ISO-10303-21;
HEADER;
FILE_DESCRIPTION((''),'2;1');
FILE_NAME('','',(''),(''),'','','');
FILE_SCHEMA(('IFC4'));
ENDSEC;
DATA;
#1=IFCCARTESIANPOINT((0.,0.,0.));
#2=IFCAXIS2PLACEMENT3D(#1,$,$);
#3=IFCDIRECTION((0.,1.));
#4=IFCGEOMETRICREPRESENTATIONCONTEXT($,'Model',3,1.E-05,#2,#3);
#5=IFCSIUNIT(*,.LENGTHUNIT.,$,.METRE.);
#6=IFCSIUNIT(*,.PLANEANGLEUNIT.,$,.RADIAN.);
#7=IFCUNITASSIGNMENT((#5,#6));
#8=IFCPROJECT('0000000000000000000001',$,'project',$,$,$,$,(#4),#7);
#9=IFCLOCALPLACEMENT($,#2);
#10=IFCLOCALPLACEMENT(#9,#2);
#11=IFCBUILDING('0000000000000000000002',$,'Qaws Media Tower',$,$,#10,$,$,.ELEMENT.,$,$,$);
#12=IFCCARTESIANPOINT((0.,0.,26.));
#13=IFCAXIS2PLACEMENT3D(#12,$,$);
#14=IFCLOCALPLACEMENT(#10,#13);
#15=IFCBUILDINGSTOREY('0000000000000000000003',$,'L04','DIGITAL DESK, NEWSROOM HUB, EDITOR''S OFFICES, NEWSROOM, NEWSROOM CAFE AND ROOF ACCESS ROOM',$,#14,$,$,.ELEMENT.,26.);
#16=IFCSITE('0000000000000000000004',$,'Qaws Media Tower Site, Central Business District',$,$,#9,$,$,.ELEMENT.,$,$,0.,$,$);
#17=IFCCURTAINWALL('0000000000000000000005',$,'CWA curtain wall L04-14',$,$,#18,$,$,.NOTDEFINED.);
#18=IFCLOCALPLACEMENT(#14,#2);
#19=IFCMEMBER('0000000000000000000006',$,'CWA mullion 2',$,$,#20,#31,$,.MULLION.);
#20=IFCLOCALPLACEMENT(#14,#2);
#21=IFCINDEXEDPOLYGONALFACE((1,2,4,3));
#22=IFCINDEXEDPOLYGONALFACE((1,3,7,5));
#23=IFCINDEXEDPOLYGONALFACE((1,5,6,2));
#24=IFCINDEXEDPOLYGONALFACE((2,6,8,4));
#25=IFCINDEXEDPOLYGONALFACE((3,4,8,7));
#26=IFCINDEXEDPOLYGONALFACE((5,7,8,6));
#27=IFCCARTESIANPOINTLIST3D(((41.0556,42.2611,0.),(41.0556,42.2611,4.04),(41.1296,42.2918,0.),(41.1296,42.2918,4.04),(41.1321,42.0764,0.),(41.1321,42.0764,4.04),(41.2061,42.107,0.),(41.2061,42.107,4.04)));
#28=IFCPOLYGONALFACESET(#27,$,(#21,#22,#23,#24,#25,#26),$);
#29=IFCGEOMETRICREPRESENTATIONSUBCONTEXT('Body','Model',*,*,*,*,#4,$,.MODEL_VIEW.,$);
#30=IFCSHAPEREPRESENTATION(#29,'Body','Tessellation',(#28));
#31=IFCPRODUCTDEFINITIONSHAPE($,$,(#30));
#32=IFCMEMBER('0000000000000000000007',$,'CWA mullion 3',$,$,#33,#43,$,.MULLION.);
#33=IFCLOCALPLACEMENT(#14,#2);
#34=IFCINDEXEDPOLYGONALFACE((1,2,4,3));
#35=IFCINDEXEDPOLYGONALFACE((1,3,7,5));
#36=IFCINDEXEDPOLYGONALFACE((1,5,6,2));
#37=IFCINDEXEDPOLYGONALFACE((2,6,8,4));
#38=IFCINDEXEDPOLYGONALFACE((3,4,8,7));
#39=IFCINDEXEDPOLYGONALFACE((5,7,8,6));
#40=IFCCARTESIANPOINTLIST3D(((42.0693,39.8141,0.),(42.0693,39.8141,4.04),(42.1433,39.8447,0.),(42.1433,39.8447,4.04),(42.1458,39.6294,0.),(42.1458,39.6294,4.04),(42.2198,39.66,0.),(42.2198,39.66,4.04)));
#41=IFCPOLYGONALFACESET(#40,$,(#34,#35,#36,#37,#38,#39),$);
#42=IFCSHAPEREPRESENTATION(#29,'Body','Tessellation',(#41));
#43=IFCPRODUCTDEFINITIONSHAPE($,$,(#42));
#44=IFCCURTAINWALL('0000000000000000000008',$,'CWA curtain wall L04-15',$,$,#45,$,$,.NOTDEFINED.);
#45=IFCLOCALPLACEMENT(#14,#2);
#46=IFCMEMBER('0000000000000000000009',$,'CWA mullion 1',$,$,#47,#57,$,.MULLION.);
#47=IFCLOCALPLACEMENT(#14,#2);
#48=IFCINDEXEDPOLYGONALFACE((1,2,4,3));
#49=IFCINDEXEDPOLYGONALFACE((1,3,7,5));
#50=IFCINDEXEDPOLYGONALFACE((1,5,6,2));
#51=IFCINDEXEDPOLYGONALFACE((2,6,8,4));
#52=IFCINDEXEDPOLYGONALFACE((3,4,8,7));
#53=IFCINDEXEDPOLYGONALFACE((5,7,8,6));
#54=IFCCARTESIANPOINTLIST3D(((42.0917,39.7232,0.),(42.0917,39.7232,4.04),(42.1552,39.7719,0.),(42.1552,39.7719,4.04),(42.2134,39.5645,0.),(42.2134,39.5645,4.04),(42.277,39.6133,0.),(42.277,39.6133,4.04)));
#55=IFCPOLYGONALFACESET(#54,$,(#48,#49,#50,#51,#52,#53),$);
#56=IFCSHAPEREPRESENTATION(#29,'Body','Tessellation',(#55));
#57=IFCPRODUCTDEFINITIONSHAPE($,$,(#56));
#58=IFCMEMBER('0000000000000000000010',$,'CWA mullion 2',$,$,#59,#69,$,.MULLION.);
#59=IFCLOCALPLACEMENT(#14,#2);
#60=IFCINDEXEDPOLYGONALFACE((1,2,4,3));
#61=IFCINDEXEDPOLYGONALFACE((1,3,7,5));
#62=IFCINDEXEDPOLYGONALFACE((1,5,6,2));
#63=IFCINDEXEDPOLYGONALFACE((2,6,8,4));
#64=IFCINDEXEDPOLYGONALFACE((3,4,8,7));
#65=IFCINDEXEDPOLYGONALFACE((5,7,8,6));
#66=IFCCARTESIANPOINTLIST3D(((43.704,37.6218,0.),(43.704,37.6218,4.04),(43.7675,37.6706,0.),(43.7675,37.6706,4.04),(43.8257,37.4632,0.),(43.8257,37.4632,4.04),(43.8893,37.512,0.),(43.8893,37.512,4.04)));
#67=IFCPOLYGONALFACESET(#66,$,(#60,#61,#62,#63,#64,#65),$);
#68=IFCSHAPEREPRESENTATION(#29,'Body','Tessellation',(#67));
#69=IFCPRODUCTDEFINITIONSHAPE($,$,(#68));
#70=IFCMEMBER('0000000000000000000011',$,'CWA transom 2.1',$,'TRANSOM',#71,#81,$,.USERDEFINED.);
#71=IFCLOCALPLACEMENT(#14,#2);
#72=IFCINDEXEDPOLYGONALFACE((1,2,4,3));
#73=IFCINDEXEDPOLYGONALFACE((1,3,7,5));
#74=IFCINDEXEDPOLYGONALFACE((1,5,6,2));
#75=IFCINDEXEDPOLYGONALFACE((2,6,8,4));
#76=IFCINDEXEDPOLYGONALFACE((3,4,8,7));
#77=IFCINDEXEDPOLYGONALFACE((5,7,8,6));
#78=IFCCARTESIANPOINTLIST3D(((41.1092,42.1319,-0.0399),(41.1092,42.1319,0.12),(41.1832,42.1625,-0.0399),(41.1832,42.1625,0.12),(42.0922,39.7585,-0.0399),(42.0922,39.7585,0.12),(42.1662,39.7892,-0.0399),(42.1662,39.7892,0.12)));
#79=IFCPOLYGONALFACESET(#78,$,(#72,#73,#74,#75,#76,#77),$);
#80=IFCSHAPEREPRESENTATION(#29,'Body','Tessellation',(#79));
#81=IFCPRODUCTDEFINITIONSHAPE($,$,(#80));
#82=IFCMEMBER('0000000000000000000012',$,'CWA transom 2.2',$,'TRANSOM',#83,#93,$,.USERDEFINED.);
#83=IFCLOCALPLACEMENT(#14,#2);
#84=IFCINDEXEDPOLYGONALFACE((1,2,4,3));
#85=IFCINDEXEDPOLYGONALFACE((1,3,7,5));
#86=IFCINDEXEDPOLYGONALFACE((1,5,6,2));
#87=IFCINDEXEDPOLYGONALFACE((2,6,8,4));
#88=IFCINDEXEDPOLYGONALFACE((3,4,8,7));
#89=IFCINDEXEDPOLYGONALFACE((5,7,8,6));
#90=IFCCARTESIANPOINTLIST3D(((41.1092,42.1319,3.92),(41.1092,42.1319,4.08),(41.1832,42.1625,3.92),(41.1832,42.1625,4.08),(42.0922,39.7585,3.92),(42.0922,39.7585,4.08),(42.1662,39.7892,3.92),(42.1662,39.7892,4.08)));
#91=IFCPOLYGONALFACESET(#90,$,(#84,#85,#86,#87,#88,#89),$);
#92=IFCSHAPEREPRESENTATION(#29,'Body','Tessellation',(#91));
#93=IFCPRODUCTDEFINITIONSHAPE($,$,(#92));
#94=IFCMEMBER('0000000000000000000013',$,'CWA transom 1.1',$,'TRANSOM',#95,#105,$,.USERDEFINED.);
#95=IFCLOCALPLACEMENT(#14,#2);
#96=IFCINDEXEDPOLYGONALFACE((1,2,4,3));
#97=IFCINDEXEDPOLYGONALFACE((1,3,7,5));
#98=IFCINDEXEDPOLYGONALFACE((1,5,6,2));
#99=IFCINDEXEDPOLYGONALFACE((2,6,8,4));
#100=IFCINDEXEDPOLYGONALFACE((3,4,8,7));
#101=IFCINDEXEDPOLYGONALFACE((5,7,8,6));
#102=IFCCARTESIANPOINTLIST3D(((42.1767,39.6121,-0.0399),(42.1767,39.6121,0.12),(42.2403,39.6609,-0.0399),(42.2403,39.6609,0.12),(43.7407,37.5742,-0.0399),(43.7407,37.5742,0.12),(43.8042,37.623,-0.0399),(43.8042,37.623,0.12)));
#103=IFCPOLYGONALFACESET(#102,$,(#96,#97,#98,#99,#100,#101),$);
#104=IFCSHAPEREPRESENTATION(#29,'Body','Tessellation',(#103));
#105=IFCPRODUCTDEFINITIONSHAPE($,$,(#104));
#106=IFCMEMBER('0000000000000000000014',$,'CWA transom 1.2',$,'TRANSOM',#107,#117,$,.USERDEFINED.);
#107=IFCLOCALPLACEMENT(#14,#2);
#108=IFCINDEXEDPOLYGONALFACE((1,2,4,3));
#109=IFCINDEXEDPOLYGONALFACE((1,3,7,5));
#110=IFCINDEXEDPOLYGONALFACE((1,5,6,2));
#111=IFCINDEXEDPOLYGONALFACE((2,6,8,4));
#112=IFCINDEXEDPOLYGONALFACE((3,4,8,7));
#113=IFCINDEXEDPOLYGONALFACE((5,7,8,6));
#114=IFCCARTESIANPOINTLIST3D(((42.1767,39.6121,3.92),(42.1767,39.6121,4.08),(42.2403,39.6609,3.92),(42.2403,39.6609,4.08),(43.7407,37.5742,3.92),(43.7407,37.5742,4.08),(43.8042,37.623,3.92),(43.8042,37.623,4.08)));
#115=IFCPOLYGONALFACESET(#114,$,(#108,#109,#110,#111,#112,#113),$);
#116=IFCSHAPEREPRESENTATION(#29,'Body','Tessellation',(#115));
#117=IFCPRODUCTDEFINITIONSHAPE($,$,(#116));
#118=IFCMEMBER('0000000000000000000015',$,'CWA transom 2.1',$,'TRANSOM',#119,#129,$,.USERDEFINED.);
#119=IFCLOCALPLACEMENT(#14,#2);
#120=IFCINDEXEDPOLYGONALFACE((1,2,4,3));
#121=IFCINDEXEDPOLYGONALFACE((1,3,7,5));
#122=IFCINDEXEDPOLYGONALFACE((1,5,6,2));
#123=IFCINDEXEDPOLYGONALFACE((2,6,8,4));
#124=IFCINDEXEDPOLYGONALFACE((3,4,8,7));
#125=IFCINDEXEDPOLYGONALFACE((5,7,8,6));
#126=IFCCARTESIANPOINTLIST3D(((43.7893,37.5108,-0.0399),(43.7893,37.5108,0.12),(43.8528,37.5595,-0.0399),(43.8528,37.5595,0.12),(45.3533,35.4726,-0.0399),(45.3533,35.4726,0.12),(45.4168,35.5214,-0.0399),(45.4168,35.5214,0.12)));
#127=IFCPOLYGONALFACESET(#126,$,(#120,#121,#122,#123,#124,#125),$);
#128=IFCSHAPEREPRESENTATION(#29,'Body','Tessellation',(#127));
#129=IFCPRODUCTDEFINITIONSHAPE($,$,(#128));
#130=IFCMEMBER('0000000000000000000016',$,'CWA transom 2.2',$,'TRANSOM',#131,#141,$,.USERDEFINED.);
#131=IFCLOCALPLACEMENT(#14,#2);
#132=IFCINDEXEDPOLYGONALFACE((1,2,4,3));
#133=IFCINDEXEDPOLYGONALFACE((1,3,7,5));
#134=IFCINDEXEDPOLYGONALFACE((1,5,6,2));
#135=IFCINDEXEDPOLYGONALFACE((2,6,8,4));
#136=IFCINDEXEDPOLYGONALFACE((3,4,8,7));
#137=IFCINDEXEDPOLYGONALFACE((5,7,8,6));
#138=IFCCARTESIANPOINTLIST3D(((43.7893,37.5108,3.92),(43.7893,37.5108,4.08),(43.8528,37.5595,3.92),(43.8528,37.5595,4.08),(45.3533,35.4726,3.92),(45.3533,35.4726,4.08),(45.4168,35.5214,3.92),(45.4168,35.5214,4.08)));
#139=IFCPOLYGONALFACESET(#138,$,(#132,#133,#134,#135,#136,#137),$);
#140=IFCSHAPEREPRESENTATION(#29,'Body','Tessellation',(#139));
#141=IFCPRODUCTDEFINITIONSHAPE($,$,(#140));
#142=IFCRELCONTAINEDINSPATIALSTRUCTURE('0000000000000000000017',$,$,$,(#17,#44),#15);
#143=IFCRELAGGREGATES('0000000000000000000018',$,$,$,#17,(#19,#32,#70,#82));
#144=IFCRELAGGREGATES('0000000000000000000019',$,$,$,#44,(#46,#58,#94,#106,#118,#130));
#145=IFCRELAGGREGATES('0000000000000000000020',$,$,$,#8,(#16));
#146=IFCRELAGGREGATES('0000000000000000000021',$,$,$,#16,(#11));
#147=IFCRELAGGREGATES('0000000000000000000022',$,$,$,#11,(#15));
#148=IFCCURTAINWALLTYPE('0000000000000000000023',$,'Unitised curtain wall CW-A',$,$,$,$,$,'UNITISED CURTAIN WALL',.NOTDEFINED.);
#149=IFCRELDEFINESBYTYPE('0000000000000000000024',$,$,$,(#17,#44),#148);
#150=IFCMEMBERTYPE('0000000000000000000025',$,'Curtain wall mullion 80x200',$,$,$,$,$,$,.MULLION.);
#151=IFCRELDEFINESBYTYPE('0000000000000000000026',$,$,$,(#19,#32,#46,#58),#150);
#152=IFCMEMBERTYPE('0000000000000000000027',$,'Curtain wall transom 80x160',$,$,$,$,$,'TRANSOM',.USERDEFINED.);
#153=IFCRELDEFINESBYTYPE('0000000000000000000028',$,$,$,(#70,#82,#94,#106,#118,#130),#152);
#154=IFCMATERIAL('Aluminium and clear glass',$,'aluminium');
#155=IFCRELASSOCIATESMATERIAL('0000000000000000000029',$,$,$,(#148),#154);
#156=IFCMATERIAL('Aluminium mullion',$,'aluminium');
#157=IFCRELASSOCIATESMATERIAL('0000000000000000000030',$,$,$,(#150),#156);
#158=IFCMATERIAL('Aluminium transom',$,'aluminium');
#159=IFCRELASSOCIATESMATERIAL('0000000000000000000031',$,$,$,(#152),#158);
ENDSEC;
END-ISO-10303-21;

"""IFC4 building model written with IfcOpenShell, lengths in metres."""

from ifc_helpers import new_model, si_unit, direction, frame, origin, origin_2d, place, context, subcontext, project, spatial, rectangle, extrude, material, material_profile, profile_set, type_object, element, aggregate, save


model = new_model("IFC4")

# Units and contexts
model_context = context("Model", 3, precision=1e-05, world=origin(), true_north=direction((0.0, 1.0)))
body_context = subcontext(model_context, "Body", "Model", "MODEL_VIEW")
ifc_project = project(units=[si_unit("LENGTHUNIT", "METRE"), si_unit("PLANEANGLEUNIT", "RADIAN")], contexts=[model_context])

# Site, building, storey
site_placement = place(None, origin())
site = spatial("IfcSite", under=ifc_project, at=site_placement, Name="Qaws Media Tower Site, Central Business District", CompositionType="ELEMENT", RefElevation=0.0)
building_placement = place(site_placement, origin())
building = spatial("IfcBuilding", under=site, at=building_placement, Name="Qaws Media Tower", CompositionType="ELEMENT")
storey_placement = place(building_placement, frame((0.0, 0.0, 26.0)))
storey = spatial("IfcBuildingStorey", under=building, at=storey_placement, Name="L04", Description="DIGITAL DESK, NEWSROOM HUB, EDITOR'S OFFICES, NEWSROOM, NEWSROOM CAFE AND ROOF ACCESS ROOM", CompositionType="ELEMENT", Elevation=26.0)

# Curtain walls, members
ifc_material_1 = material(Name="Aluminium and clear glass", Category="aluminium")
curtain_wall_type = type_object("IfcCurtainWallType", Name="Unitised curtain wall CW-A", ElementType="UNITISED CURTAIN WALL", PredefinedType="NOTDEFINED", material=ifc_material_1)
curtain_wall_1_placement = place(storey_placement, origin())
curtain_wall_1 = element("IfcCurtainWall", 1, at=curtain_wall_1_placement, inside=storey, type_object=curtain_wall_type, Name="CWA curtain wall L04-14", PredefinedType="NOTDEFINED")
ifc_material_2 = material(Name="Aluminium mullion", Category="aluminium")
ifc_material_profile_1 = material_profile(ifc_material_2, rectangle(XDim=0.0801, YDim=0.2, at=origin_2d()), Name="80x200")
ifc_profile_set_1 = profile_set([ifc_material_profile_1], Name="Aluminium mullion")
member_type_1 = type_object("IfcMemberType", Name="Curtain wall mullion 80x200", PredefinedType="MULLION", material=ifc_profile_set_1)
member_1_placement = place(storey_placement, frame((41.1309, 42.1841, 0.0), z_axis=(0.0, 0.0, 1.0), x_axis=(0.92388, 0.382683, 0.0)))
member_1 = element("IfcMember", 2, at=member_1_placement, type_object=member_type_1, Name="CWA mullion 2", PredefinedType="MULLION", context=body_context, shape_type="SweptSolid", body=[
    extrude(rectangle(XDim=0.0801, YDim=0.2, at=origin_2d()), origin(), (0.0, 0.0, 1.0), 4.04),
])
member_2_placement = place(storey_placement, frame((42.1445, 39.7371, 0.0), z_axis=(0.0, 0.0, 1.0), x_axis=(0.92388, 0.382683, 0.0)))
member_2 = element("IfcMember", 3, at=member_2_placement, type_object=member_type_1, Name="CWA mullion 3", PredefinedType="MULLION", context=body_context, shape_type="SweptSolid", body=[
    extrude(rectangle(XDim=0.0801, YDim=0.2, at=origin_2d()), origin(), (0.0, 0.0, 1.0), 4.04),
])
curtain_wall_2_placement = place(storey_placement, origin())
curtain_wall_2 = element("IfcCurtainWall", 4, at=curtain_wall_2_placement, inside=storey, type_object=curtain_wall_type, Name="CWA curtain wall L04-15", PredefinedType="NOTDEFINED")
member_3_placement = place(storey_placement, frame((42.1843, 39.6682, 0.0), z_axis=(0.0, 0.0, 1.0), x_axis=(0.793353, 0.608761, 0.0)))
member_3 = element("IfcMember", 5, at=member_3_placement, type_object=member_type_1, Name="CWA mullion 1", PredefinedType="MULLION", context=body_context, shape_type="SweptSolid", body=[
    extrude(rectangle(XDim=0.0801, YDim=0.2, at=origin_2d()), origin(), (0.0, 0.0, 1.0), 4.04),
])
member_4_placement = place(storey_placement, frame((43.7966, 37.5669, 0.0), z_axis=(0.0, 0.0, 1.0), x_axis=(0.793353, 0.608761, 0.0)))
member_4 = element("IfcMember", 6, at=member_4_placement, type_object=member_type_1, Name="CWA mullion 2", PredefinedType="MULLION", context=body_context, shape_type="SweptSolid", body=[
    extrude(rectangle(XDim=0.0801, YDim=0.2, at=origin_2d()), origin(), (0.0, 0.0, 1.0), 4.04),
])

# Members
ifc_material_3 = material(Name="Aluminium transom", Category="aluminium")
ifc_material_profile_2 = material_profile(ifc_material_3, rectangle(XDim=0.0801, YDim=0.1599, at=origin_2d()), Name="80x160")
ifc_profile_set_2 = profile_set([ifc_material_profile_2], Name="Aluminium transom")
member_type_2 = type_object("IfcMemberType", Name="Curtain wall transom 80x160", ElementType="TRANSOM", PredefinedType="USERDEFINED", material=ifc_profile_set_2)
member_5_placement = place(storey_placement, frame((41.1462, 42.1472, 0.04), z_axis=(0.382637, -0.923899, 0.0), x_axis=(0.923899, 0.382637, 0.0)))
member_5 = element("IfcMember", 7, at=member_5_placement, type_object=member_type_2, Name="CWA transom 2.1", ObjectType="TRANSOM", PredefinedType="USERDEFINED", context=body_context, shape_type="SweptSolid", body=[
    extrude(rectangle(XDim=0.0801, YDim=0.1599, at=origin_2d()), origin(), (0.0, 0.0, 1.0), 2.5688),
])
member_6_placement = place(storey_placement, frame((41.1462, 42.1472, 4.0), z_axis=(0.382637, -0.923899, 0.0), x_axis=(0.923899, 0.382637, 0.0)))
member_6 = element("IfcMember", 8, at=member_6_placement, type_object=member_type_2, Name="CWA transom 2.2", ObjectType="TRANSOM", PredefinedType="USERDEFINED", context=body_context, shape_type="SweptSolid", body=[
    extrude(rectangle(XDim=0.0801, YDim=0.1599, at=origin_2d()), origin(), (0.0, 0.0, 1.0), 2.5688),
])
member_7_placement = place(storey_placement, frame((42.2085, 39.6365, 0.04), z_axis=(0.608829, -0.793302, 0.0), x_axis=(0.793302, 0.608829, 0.0)))
member_7 = element("IfcMember", 9, at=member_7_placement, type_object=member_type_2, Name="CWA transom 1.1", ObjectType="TRANSOM", PredefinedType="USERDEFINED", context=body_context, shape_type="SweptSolid", body=[
    extrude(rectangle(XDim=0.0801, YDim=0.1599, at=origin_2d()), origin(), (0.0, 0.0, 1.0), 2.5688),
])
member_8_placement = place(storey_placement, frame((42.2085, 39.6365, 4.0), z_axis=(0.608829, -0.793302, 0.0), x_axis=(0.793302, 0.608829, 0.0)))
member_8 = element("IfcMember", 10, at=member_8_placement, type_object=member_type_2, Name="CWA transom 1.2", ObjectType="TRANSOM", PredefinedType="USERDEFINED", context=body_context, shape_type="SweptSolid", body=[
    extrude(rectangle(XDim=0.0801, YDim=0.1599, at=origin_2d()), origin(), (0.0, 0.0, 1.0), 2.5688),
])
member_9_placement = place(storey_placement, frame((43.821, 37.5352, 0.04), z_axis=(0.608783, -0.793337, 0.0), x_axis=(0.793337, 0.608783, 0.0)))
member_9 = element("IfcMember", 11, at=member_9_placement, type_object=member_type_2, Name="CWA transom 2.1", ObjectType="TRANSOM", PredefinedType="USERDEFINED", context=body_context, shape_type="SweptSolid", body=[
    extrude(rectangle(XDim=0.0801, YDim=0.1599, at=origin_2d()), origin(), (0.0, 0.0, 1.0), 2.5691),
])
member_10_placement = place(storey_placement, frame((43.821, 37.5352, 4.0), z_axis=(0.608783, -0.793337, 0.0), x_axis=(0.793337, 0.608783, 0.0)))
member_10 = element("IfcMember", 12, at=member_10_placement, type_object=member_type_2, Name="CWA transom 2.2", ObjectType="TRANSOM", PredefinedType="USERDEFINED", context=body_context, shape_type="SweptSolid", body=[
    extrude(rectangle(XDim=0.0801, YDim=0.1599, at=origin_2d()), origin(), (0.0, 0.0, 1.0), 2.5691),
])

aggregate(curtain_wall_1, [member_1, member_2, member_5, member_6])
aggregate(curtain_wall_2, [member_3, member_4, member_7, member_8, member_9, member_10])

save(model, "model.ifc")
